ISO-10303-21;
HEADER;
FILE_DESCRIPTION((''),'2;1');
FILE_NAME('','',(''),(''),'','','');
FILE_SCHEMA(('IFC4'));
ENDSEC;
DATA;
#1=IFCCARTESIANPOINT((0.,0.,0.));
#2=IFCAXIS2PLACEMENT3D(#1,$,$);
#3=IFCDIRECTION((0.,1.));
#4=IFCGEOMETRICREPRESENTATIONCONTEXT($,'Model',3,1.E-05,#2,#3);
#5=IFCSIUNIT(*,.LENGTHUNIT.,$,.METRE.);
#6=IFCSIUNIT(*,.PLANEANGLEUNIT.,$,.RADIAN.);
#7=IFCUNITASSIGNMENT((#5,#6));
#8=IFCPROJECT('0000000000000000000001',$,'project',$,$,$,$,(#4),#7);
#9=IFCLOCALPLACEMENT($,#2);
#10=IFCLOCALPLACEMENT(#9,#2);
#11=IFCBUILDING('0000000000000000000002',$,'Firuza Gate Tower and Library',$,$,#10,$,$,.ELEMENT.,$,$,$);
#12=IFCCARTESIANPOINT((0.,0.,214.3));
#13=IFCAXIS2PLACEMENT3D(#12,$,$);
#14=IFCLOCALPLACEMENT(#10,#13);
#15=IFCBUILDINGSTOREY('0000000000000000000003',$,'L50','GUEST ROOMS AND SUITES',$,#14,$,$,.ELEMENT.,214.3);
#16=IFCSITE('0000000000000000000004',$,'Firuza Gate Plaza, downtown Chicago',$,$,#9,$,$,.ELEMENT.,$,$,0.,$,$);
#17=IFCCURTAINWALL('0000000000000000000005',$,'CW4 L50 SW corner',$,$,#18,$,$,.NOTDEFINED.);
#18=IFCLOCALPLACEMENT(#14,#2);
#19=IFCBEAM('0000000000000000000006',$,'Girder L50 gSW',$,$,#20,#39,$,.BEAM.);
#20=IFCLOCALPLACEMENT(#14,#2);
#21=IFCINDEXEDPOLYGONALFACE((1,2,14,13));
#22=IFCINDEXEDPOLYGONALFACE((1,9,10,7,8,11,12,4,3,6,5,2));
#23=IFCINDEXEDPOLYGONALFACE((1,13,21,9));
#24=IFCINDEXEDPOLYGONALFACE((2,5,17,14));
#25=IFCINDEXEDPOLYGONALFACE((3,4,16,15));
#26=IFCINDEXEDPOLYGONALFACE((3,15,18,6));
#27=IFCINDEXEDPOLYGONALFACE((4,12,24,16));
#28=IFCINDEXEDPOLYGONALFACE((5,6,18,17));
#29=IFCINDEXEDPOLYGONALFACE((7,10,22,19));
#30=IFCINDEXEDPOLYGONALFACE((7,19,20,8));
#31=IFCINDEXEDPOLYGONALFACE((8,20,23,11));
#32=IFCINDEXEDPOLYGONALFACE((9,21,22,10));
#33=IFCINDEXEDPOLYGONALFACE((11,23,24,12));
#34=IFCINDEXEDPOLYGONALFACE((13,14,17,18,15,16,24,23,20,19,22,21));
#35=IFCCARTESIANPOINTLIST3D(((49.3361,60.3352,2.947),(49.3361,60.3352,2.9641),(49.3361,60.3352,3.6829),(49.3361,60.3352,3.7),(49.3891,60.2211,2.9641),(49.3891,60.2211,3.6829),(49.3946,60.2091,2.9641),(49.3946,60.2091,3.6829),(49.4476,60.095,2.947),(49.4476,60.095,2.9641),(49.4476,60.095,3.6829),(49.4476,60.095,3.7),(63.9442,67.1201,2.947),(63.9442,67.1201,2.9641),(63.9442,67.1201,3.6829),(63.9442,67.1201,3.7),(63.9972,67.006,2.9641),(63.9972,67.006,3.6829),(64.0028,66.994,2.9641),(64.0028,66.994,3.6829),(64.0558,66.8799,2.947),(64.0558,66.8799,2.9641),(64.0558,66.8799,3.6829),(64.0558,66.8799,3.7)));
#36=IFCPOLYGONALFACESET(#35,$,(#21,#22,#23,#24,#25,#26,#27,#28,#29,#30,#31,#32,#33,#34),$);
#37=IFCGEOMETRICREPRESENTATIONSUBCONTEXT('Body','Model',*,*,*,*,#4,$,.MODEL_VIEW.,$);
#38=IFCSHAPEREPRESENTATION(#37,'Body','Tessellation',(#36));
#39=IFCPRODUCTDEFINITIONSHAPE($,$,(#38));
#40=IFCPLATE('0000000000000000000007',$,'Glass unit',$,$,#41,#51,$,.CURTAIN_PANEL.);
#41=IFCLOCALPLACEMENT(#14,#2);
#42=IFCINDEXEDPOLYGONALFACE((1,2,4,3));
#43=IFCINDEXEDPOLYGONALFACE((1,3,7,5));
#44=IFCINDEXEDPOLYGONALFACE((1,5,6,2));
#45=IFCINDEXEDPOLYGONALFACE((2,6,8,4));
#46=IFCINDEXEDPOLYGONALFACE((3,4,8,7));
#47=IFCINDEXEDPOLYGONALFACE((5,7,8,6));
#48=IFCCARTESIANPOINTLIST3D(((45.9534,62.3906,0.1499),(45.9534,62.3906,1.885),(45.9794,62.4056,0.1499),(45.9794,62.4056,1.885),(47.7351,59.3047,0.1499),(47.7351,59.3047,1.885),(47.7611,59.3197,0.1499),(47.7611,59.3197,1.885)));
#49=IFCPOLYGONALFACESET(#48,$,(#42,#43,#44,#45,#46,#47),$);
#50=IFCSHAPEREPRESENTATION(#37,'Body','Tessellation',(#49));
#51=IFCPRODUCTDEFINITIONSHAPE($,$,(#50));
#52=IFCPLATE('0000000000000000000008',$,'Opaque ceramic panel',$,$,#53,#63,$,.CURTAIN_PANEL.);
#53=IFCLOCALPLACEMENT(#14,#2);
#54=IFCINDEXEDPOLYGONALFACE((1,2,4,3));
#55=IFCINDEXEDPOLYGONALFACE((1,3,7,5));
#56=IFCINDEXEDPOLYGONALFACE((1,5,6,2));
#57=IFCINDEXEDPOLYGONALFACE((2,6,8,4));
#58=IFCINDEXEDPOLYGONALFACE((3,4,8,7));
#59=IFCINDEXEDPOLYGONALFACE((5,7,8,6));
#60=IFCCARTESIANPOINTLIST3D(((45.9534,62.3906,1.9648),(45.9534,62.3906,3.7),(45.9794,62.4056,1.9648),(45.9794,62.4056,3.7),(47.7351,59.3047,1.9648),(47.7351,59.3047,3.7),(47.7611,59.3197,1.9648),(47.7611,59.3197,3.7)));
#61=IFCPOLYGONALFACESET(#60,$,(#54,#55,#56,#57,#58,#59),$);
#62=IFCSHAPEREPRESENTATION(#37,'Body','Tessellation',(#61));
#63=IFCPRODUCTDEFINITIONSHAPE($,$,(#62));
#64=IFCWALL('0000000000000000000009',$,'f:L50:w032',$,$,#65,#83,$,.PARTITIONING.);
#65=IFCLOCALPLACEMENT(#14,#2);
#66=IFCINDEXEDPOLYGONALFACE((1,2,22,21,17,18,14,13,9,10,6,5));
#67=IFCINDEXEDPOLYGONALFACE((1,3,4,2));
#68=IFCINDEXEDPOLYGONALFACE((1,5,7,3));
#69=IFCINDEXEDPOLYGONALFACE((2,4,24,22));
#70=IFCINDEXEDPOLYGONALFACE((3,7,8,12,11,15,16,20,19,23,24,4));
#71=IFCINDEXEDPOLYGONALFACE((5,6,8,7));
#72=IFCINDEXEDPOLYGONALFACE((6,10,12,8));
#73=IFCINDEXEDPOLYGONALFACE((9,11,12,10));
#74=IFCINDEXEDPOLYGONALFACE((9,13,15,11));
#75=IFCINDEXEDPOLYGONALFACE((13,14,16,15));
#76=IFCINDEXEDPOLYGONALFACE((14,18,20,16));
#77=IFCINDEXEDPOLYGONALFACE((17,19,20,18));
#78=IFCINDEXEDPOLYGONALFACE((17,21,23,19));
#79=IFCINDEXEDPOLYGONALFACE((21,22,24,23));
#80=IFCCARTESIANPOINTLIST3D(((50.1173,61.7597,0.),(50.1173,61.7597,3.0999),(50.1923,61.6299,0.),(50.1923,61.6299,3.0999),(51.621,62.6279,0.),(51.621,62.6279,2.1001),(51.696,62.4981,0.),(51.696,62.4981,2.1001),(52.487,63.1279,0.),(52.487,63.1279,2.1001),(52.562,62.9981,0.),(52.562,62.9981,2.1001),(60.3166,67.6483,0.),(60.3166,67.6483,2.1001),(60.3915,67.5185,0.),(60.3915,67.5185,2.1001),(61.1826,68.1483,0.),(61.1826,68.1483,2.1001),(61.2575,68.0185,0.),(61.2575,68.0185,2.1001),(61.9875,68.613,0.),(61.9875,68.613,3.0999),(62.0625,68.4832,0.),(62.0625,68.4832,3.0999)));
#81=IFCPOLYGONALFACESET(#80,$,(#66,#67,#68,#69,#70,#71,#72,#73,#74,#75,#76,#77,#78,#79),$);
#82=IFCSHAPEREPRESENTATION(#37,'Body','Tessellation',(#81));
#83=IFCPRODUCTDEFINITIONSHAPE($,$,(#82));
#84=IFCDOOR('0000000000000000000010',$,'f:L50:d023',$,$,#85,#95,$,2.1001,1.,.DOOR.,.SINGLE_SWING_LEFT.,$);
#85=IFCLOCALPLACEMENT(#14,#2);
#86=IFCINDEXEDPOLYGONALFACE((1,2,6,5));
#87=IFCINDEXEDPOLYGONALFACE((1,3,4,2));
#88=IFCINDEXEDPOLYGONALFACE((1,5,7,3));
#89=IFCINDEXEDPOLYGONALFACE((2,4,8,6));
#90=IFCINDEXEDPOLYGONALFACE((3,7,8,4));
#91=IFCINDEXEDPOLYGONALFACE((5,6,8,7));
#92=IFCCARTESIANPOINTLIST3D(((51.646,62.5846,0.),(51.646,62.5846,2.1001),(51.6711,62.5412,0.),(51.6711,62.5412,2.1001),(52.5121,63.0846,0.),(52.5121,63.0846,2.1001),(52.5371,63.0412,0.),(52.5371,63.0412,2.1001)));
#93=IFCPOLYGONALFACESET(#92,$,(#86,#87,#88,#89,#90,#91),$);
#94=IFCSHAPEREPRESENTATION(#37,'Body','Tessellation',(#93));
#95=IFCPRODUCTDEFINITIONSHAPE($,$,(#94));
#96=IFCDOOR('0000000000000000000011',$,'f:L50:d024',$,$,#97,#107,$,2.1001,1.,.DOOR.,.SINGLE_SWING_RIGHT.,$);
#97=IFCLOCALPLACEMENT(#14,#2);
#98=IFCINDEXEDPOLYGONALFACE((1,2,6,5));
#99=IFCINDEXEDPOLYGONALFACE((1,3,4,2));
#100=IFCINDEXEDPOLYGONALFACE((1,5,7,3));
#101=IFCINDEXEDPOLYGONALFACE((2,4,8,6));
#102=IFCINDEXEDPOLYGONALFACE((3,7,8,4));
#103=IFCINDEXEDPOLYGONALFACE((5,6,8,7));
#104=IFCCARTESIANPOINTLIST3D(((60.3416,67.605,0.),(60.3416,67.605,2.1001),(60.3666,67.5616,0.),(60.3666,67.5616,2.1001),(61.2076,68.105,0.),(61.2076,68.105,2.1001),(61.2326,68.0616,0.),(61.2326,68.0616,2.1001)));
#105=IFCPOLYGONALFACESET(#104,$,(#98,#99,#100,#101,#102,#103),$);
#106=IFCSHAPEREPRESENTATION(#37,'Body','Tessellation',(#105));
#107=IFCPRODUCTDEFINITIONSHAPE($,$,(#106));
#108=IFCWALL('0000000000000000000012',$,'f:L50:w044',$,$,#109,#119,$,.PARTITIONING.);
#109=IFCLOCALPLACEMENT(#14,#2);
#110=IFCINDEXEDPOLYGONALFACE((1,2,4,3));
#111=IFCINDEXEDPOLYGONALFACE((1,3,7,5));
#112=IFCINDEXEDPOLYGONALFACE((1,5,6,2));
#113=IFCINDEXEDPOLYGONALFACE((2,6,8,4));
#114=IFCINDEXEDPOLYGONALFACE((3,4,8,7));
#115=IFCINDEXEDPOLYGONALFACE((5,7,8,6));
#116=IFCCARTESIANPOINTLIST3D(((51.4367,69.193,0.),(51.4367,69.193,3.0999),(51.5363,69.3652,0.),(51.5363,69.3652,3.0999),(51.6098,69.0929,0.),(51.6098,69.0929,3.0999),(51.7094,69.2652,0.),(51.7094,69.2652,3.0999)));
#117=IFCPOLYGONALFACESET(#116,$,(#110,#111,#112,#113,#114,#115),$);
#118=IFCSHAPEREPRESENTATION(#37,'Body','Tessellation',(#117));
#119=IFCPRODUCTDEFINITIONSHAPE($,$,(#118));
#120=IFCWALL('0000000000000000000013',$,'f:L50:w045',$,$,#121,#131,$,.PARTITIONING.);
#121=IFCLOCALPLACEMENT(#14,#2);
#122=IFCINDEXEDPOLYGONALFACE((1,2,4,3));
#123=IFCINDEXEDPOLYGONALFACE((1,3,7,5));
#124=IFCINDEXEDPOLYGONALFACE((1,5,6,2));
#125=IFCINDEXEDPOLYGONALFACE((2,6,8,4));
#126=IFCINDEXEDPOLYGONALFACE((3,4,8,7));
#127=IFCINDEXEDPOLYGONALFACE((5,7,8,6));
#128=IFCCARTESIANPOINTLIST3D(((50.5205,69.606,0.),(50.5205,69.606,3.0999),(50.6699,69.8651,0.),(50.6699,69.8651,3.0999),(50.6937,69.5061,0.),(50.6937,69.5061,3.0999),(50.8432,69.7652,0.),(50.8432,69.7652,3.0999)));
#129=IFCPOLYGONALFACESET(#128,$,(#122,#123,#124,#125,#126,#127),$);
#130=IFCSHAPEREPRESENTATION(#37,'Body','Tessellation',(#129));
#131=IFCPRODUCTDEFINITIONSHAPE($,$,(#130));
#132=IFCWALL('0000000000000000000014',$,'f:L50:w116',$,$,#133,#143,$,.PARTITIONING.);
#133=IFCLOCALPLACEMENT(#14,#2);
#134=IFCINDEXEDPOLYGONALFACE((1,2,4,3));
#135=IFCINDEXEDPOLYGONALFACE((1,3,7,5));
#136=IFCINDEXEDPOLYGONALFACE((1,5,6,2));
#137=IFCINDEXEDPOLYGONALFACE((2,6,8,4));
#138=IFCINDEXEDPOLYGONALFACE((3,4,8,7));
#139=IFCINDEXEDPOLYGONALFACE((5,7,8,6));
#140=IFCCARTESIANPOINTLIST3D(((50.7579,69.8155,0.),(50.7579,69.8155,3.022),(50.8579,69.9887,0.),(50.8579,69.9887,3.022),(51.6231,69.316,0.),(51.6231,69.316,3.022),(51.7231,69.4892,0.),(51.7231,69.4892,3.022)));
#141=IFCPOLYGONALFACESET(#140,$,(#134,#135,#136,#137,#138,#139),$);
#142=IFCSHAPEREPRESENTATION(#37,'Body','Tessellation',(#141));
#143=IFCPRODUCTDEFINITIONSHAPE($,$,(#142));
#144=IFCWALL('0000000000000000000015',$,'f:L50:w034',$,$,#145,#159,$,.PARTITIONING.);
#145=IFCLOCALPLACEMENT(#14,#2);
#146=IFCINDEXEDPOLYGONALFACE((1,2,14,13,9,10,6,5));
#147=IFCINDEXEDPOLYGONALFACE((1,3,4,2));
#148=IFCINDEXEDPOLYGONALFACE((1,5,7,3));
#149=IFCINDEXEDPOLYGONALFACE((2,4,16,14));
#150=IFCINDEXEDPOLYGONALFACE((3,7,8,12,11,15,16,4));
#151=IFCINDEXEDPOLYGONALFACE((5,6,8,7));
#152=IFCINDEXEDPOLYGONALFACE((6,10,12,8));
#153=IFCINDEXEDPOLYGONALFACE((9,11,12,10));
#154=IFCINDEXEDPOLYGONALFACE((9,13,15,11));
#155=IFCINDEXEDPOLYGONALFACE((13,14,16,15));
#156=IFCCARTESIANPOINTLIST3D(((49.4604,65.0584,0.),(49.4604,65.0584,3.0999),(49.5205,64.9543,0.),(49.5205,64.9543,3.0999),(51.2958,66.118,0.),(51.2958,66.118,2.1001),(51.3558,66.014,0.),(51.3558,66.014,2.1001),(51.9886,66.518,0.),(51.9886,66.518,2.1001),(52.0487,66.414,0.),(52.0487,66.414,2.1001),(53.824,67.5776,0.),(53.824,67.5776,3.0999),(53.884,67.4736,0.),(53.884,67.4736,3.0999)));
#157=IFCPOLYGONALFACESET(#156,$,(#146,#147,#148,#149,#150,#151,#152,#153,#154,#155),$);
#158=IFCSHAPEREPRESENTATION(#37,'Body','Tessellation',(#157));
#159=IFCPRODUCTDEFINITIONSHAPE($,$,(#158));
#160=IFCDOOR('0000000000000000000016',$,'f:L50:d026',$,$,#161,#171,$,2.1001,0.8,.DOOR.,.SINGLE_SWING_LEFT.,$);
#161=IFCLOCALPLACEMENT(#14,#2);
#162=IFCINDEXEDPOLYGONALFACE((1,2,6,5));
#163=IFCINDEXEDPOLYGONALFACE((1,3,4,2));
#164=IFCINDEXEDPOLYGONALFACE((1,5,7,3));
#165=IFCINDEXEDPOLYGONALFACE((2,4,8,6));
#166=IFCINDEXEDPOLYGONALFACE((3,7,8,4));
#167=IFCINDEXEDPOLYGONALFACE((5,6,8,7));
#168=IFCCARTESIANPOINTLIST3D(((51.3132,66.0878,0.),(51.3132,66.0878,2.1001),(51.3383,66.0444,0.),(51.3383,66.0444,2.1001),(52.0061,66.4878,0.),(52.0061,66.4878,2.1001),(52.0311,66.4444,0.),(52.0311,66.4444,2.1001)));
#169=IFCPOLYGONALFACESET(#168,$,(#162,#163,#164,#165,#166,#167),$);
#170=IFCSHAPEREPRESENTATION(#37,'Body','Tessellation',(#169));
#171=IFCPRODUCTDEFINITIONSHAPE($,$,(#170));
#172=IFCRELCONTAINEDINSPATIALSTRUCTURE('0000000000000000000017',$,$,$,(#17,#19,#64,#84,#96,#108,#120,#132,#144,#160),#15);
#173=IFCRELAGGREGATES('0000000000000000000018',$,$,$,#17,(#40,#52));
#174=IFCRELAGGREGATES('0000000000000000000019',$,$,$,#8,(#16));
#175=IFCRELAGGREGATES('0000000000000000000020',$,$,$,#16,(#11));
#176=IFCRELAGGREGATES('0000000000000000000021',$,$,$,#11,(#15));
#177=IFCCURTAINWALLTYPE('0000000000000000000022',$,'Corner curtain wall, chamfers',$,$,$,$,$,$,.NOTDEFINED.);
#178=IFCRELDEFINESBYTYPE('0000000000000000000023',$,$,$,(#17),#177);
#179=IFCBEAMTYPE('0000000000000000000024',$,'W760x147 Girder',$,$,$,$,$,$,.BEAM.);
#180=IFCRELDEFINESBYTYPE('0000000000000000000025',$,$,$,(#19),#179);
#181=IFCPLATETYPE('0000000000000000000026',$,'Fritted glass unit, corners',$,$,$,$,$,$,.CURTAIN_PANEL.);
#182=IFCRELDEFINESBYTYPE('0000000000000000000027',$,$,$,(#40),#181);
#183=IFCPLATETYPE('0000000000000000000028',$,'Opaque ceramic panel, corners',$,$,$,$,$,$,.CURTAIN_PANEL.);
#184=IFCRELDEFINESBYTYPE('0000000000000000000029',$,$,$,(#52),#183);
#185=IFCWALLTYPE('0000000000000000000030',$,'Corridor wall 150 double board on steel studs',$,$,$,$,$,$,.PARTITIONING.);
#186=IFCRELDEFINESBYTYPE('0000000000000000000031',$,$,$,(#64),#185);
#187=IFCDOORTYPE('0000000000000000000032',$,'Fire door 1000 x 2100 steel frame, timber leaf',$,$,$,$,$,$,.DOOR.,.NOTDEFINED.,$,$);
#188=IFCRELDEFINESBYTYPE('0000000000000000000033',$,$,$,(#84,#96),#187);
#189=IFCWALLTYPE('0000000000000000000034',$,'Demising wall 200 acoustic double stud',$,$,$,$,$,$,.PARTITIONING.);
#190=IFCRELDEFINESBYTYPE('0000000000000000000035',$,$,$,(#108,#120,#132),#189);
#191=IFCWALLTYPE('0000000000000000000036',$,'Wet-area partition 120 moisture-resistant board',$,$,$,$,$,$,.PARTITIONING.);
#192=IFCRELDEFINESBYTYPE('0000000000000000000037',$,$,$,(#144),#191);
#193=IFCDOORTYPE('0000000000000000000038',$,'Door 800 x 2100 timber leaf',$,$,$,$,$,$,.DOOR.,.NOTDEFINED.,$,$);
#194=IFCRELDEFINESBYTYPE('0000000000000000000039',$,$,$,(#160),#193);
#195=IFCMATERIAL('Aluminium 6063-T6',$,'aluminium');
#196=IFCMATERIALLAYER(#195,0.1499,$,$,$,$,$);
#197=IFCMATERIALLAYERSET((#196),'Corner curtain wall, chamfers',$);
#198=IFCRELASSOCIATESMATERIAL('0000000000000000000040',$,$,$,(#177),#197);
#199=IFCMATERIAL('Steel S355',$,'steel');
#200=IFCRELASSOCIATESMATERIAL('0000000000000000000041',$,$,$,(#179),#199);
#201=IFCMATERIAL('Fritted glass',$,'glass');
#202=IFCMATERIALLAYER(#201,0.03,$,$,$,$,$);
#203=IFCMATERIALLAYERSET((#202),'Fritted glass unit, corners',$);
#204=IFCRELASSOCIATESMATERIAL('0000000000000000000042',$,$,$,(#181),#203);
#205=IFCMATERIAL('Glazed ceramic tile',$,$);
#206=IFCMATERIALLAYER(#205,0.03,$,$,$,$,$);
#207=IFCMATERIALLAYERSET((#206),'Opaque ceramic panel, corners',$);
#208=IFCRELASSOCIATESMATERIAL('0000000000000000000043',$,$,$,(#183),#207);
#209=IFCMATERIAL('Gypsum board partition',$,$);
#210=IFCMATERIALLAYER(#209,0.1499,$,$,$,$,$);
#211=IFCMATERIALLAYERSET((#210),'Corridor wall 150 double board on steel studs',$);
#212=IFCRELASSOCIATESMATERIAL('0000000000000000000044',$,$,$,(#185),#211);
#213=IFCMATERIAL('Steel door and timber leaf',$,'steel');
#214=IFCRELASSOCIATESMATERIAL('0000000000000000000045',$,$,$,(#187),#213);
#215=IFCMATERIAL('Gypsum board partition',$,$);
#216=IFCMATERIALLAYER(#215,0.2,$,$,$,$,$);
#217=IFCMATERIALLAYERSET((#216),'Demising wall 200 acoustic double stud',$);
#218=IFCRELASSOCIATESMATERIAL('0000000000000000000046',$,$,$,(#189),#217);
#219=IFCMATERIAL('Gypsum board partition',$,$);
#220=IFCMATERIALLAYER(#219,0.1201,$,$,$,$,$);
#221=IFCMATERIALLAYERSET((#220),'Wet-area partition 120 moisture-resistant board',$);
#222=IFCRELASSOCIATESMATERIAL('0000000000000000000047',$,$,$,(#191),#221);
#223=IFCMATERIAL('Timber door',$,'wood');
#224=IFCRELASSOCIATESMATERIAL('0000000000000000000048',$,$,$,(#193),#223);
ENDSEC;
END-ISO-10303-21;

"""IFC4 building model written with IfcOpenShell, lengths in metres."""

from ifc_helpers import new_model, si_unit, direction, frame, frame_2d, origin, origin_2d, place, context, subcontext, project, spatial, polyline, rectangle, i_section, outline, extrude, material, layer, layer_set, material_profile, profile_set, type_object, element, fill, aggregate, save


model = new_model("IFC4")

# Units and contexts
model_context = context("Model", 3, precision=1e-05, world=origin(), true_north=direction((0.0, 1.0)))
body_context = subcontext(model_context, "Body", "Model", "MODEL_VIEW")
ifc_project = project(units=[si_unit("LENGTHUNIT", "METRE"), si_unit("PLANEANGLEUNIT", "RADIAN")], contexts=[model_context])

# Site, building, storey
site_placement = place(None, origin())
site = spatial("IfcSite", under=ifc_project, at=site_placement, Name="Firuza Gate Plaza, downtown Chicago", CompositionType="ELEMENT", RefElevation=0.0)
building_placement = place(site_placement, origin())
building = spatial("IfcBuilding", under=site, at=building_placement, Name="Firuza Gate Tower and Library", CompositionType="ELEMENT")
storey_placement = place(building_placement, frame((0.0, 0.0, 214.3)))
storey = spatial("IfcBuildingStorey", under=building, at=storey_placement, Name="L50", Description="GUEST ROOMS AND SUITES", CompositionType="ELEMENT", Elevation=214.3)

# Curtain wall
ifc_material_1 = material(Name="Aluminium 6063-T6", Category="aluminium")
ifc_layer_1 = layer(ifc_material_1, 0.1499)
ifc_layer_set_1 = layer_set([ifc_layer_1], Name="Corner curtain wall, chamfers")
curtain_wall_type = type_object("IfcCurtainWallType", Name="Corner curtain wall, chamfers", PredefinedType="NOTDEFINED", material=ifc_layer_set_1)
curtain_wall_placement = place(storey_placement, origin())
curtain_wall = element("IfcCurtainWall", 1, at=curtain_wall_placement, inside=storey, type_object=curtain_wall_type, Name="CW4 L50 SW corner", PredefinedType="NOTDEFINED")

# Beam
ifc_material_2 = material(Name="Steel S355", Category="steel")
ifc_material_profile_1 = material_profile(ifc_material_2, i_section(OverallWidth=0.2649, OverallDepth=0.7529, WebThickness=0.0132, FlangeThickness=0.0171, at=origin_2d()))
ifc_profile_set_1 = profile_set([ifc_material_profile_1], Name="Steel S355")
beam_type_1 = type_object("IfcBeamType", Name="W760x147 Girder", PredefinedType="BEAM", material=ifc_profile_set_1)
beam_1_placement = place(storey_placement, frame((49.3918, 60.2151, 3.3235), z_axis=(0.906948, 0.421242, 0.0), x_axis=(-0.421242, 0.906948, 0.0)))
element("IfcBeam", 2, at=beam_1_placement, inside=storey, type_object=beam_type_1, Name="Girder L50 gSW", PredefinedType="BEAM", context=body_context, shape_type="SweptSolid", body=[
    extrude(i_section(OverallWidth=0.2649, OverallDepth=0.7529, WebThickness=0.0132, FlangeThickness=0.0171, at=origin_2d()), origin(), (0.0, 0.0, 1.0), 16.1069),
])

# Plates
ifc_material_3 = material(Name="Fritted glass", Category="glass")
ifc_layer_2 = layer(ifc_material_3, 0.03)
ifc_layer_set_2 = layer_set([ifc_layer_2], Name="Fritted glass unit, corners")
plate_type_1 = type_object("IfcPlateType", Name="Fritted glass unit, corners", PredefinedType="CURTAIN_PANEL", material=ifc_layer_set_2)
plate_1_placement = place(storey_placement, frame((45.9534, 62.3906, 0.1499), z_axis=(-0.866017, -0.500015, 0.0), x_axis=(0.500015, -0.866017, 0.0)))
plate_1 = element("IfcPlate", 3, at=plate_1_placement, type_object=plate_type_1, Name="Glass unit", PredefinedType="CURTAIN_PANEL", context=body_context, shape_type="SweptSolid", body=[
    extrude(outline(polyline([(0.0, 0.0), (3.5634, 0.0), (3.5634, 1.7351), (0.0, 1.7351), (0.0, 0.0)])), origin(), (0.0, 0.0, -1.0), 0.03),
])
ifc_material_4 = material(Name="Glazed ceramic tile")
ifc_layer_3 = layer(ifc_material_4, 0.03)
ifc_layer_set_3 = layer_set([ifc_layer_3], Name="Opaque ceramic panel, corners")
plate_type_2 = type_object("IfcPlateType", Name="Opaque ceramic panel, corners", PredefinedType="CURTAIN_PANEL", material=ifc_layer_set_3)
plate_2_placement = place(storey_placement, frame((45.9534, 62.3906, 1.9648), z_axis=(-0.866017, -0.500015, 0.0), x_axis=(0.500015, -0.866017, 0.0)))
plate_2 = element("IfcPlate", 4, at=plate_2_placement, type_object=plate_type_2, Name="Opaque ceramic panel", PredefinedType="CURTAIN_PANEL", context=body_context, shape_type="SweptSolid", body=[
    extrude(outline(polyline([(0.0, 0.0), (3.5634, 0.0), (3.5634, 1.7351), (0.0, 1.7351), (0.0, 0.0)])), origin(), (0.0, 0.0, -1.0), 0.03),
])
aggregate(curtain_wall, [plate_1, plate_2])

# Wall, openings, doors
ifc_material_5 = material(Name="Gypsum board partition")
ifc_layer_4 = layer(ifc_material_5, 0.1499)
ifc_layer_set_4 = layer_set([ifc_layer_4], Name="Corridor wall 150 double board on steel studs")
wall_type_1 = type_object("IfcWallType", Name="Corridor wall 150 double board on steel studs", PredefinedType="PARTITIONING", material=ifc_layer_set_4)
wall_1_placement = place(storey_placement, frame((50.1548, 61.6948, 0.0), z_axis=(0.0, 0.0, 1.0), x_axis=(0.866024, 0.500003, 0.0)))
wall_1 = element("IfcWall", 5, at=wall_1_placement, inside=storey, type_object=wall_type_1, Name="f:L50:w032", PredefinedType="PARTITIONING", context=body_context, shape_type="SweptSolid", body=[
    extrude(rectangle(XDim=13.7065, YDim=0.1499, at=frame_2d((6.8533, 0.0))), origin(), (0.0, 0.0, 1.0), 3.0999),
])
opening_1_placement = place(wall_1_placement, frame((1.7363, 0.0, 0.0)))
opening_1 = element("IfcOpeningElement", 6, at=opening_1_placement, cuts=wall_1, PredefinedType="OPENING", context=body_context, shape_type="SweptSolid", body=[
    extrude(rectangle(XDim=1.0, YDim=2.1001, at=frame_2d((0.5, 1.05))), frame((0.0, 0.085, 0.0), z_axis=(0.0, -1.0, 0.0), x_axis=(1.0, 0.0, 0.0)), (0.0, 0.0, 1.0), 0.1699),
])
opening_2_placement = place(wall_1_placement, frame((11.7771, 0.0, 0.0)))
opening_2 = element("IfcOpeningElement", 7, at=opening_2_placement, cuts=wall_1, PredefinedType="OPENING", context=body_context, shape_type="SweptSolid", body=[
    extrude(rectangle(XDim=1.0, YDim=2.1001, at=frame_2d((0.5, 1.05))), frame((0.0, 0.085, 0.0), z_axis=(0.0, -1.0, 0.0), x_axis=(1.0, 0.0, 0.0)), (0.0, 0.0, 1.0), 0.1699),
])
ifc_material_6 = material(Name="Steel door and timber leaf", Category="steel")
door_type_1 = type_object("IfcDoorType", Name="Fire door 1000 x 2100 steel frame, timber leaf", OperationType="NOTDEFINED", PredefinedType="DOOR", material=ifc_material_6)
door_1_placement = place(opening_1_placement, origin())
door_1 = element("IfcDoor", 8, at=door_1_placement, inside=storey, type_object=door_type_1, Name="f:L50:d023", OperationType="SINGLE_SWING_LEFT", OverallHeight=2.1001, OverallWidth=1.0, PredefinedType="DOOR", context=body_context, shape_type="SweptSolid", body=[
    extrude(rectangle(XDim=1.0, YDim=2.1001, at=frame_2d((0.5, 1.05))), frame((0.0, 0.0249, 0.0), z_axis=(0.0, -1.0, 0.0), x_axis=(1.0, 0.0, 0.0)), (0.0, 0.0, 1.0), 0.05),
])
fill(opening_1, door_1)
door_2_placement = place(opening_2_placement, origin())
door_2 = element("IfcDoor", 9, at=door_2_placement, inside=storey, type_object=door_type_1, Name="f:L50:d024", OperationType="SINGLE_SWING_RIGHT", OverallHeight=2.1001, OverallWidth=1.0, PredefinedType="DOOR", context=body_context, shape_type="SweptSolid", body=[
    extrude(rectangle(XDim=1.0, YDim=2.1001, at=frame_2d((0.5, 1.05))), frame((0.0, 0.0249, 0.0), z_axis=(0.0, -1.0, 0.0), x_axis=(1.0, 0.0, 0.0)), (0.0, 0.0, 1.0), 0.05),
])
fill(opening_2, door_2)

# Walls
ifc_material_7 = material(Name="Gypsum board partition")
ifc_layer_5 = layer(ifc_material_7, 0.2)
ifc_layer_set_5 = layer_set([ifc_layer_5], Name="Demising wall 200 acoustic double stud")
wall_type_2 = type_object("IfcWallType", Name="Demising wall 200 acoustic double stud", PredefinedType="PARTITIONING", material=ifc_layer_set_5)
wall_2_placement = place(storey_placement, frame((51.5232, 69.1428, 0.0), z_axis=(0.0, 0.0, 1.0), x_axis=(0.500359, 0.865818, 0.0)))
element("IfcWall", 10, at=wall_2_placement, inside=storey, type_object=wall_type_2, Name="f:L50:w044", PredefinedType="PARTITIONING", context=body_context, shape_type="SweptSolid", body=[
    extrude(rectangle(XDim=0.199, YDim=0.2, at=frame_2d((0.0996, 0.0))), origin(), (0.0, 0.0, 1.0), 3.0999),
])
wall_3_placement = place(storey_placement, frame((50.6072, 69.5562, 0.0), z_axis=(0.0, 0.0, 1.0), x_axis=(0.499652, 0.866226, 0.0)))
element("IfcWall", 11, at=wall_3_placement, inside=storey, type_object=wall_type_2, Name="f:L50:w045", PredefinedType="PARTITIONING", context=body_context, shape_type="SweptSolid", body=[
    extrude(rectangle(XDim=0.2991, YDim=0.2, at=frame_2d((0.1494, 0.0))), origin(), (0.0, 0.0, 1.0), 3.0999),
])
wall_4_placement = place(storey_placement, frame((51.6731, 69.4026, 0.0), z_axis=(0.0, 0.0, 1.0), x_axis=(-0.866039, 0.499976, 0.0)))
element("IfcWall", 12, at=wall_4_placement, inside=storey, type_object=wall_type_2, Name="f:L50:w116", PredefinedType="PARTITIONING", context=body_context, shape_type="SweptSolid", body=[
    extrude(rectangle(XDim=0.999, YDim=0.2, at=frame_2d((0.4995, 0.0))), origin(), (0.0, 0.0, 1.0), 3.022),
])

# Wall, opening, door
ifc_material_8 = material(Name="Gypsum board partition")
ifc_layer_6 = layer(ifc_material_8, 0.1201)
ifc_layer_set_6 = layer_set([ifc_layer_6], Name="Wet-area partition 120 moisture-resistant board")
wall_type_3 = type_object("IfcWallType", Name="Wet-area partition 120 moisture-resistant board", PredefinedType="PARTITIONING", material=ifc_layer_set_6)
wall_5_placement = place(storey_placement, frame((53.854, 67.5256, 0.0), z_axis=(0.0, 0.0, 1.0), x_axis=(-0.866025, -0.500001, 0.0)))
wall_5 = element("IfcWall", 13, at=wall_5_placement, inside=storey, type_object=wall_type_3, Name="f:L50:w034", PredefinedType="PARTITIONING", context=body_context, shape_type="SweptSolid", body=[
    extrude(rectangle(XDim=5.0386, YDim=0.1201, at=frame_2d((2.5193, 0.0))), origin(), (0.0, 0.0, 1.0), 3.0999),
])
opening_3_placement = place(wall_5_placement, frame((2.1194, 0.0, 0.0)))
opening_3 = element("IfcOpeningElement", 14, at=opening_3_placement, cuts=wall_5, PredefinedType="OPENING", context=body_context, shape_type="SweptSolid", body=[
    extrude(rectangle(XDim=0.8, YDim=2.1001, at=frame_2d((0.3999, 1.05))), frame((0.0, 0.0701, 0.0), z_axis=(0.0, -1.0, 0.0), x_axis=(1.0, 0.0, 0.0)), (0.0, 0.0, 1.0), 0.1401),
])
ifc_material_9 = material(Name="Timber door", Category="wood")
door_type_2 = type_object("IfcDoorType", Name="Door 800 x 2100 timber leaf", OperationType="NOTDEFINED", PredefinedType="DOOR", material=ifc_material_9)
door_3_placement = place(opening_3_placement, origin())
door_3 = element("IfcDoor", 15, at=door_3_placement, inside=storey, type_object=door_type_2, Name="f:L50:d026", OperationType="SINGLE_SWING_LEFT", OverallHeight=2.1001, OverallWidth=0.8, PredefinedType="DOOR", context=body_context, shape_type="SweptSolid", body=[
    extrude(rectangle(XDim=0.8, YDim=2.1001, at=frame_2d((0.3999, 1.05))), frame((0.0, 0.0249, 0.0), z_axis=(0.0, -1.0, 0.0), x_axis=(1.0, 0.0, 0.0)), (0.0, 0.0, 1.0), 0.05),
])
fill(opening_3, door_3)

save(model, "model.ifc")
